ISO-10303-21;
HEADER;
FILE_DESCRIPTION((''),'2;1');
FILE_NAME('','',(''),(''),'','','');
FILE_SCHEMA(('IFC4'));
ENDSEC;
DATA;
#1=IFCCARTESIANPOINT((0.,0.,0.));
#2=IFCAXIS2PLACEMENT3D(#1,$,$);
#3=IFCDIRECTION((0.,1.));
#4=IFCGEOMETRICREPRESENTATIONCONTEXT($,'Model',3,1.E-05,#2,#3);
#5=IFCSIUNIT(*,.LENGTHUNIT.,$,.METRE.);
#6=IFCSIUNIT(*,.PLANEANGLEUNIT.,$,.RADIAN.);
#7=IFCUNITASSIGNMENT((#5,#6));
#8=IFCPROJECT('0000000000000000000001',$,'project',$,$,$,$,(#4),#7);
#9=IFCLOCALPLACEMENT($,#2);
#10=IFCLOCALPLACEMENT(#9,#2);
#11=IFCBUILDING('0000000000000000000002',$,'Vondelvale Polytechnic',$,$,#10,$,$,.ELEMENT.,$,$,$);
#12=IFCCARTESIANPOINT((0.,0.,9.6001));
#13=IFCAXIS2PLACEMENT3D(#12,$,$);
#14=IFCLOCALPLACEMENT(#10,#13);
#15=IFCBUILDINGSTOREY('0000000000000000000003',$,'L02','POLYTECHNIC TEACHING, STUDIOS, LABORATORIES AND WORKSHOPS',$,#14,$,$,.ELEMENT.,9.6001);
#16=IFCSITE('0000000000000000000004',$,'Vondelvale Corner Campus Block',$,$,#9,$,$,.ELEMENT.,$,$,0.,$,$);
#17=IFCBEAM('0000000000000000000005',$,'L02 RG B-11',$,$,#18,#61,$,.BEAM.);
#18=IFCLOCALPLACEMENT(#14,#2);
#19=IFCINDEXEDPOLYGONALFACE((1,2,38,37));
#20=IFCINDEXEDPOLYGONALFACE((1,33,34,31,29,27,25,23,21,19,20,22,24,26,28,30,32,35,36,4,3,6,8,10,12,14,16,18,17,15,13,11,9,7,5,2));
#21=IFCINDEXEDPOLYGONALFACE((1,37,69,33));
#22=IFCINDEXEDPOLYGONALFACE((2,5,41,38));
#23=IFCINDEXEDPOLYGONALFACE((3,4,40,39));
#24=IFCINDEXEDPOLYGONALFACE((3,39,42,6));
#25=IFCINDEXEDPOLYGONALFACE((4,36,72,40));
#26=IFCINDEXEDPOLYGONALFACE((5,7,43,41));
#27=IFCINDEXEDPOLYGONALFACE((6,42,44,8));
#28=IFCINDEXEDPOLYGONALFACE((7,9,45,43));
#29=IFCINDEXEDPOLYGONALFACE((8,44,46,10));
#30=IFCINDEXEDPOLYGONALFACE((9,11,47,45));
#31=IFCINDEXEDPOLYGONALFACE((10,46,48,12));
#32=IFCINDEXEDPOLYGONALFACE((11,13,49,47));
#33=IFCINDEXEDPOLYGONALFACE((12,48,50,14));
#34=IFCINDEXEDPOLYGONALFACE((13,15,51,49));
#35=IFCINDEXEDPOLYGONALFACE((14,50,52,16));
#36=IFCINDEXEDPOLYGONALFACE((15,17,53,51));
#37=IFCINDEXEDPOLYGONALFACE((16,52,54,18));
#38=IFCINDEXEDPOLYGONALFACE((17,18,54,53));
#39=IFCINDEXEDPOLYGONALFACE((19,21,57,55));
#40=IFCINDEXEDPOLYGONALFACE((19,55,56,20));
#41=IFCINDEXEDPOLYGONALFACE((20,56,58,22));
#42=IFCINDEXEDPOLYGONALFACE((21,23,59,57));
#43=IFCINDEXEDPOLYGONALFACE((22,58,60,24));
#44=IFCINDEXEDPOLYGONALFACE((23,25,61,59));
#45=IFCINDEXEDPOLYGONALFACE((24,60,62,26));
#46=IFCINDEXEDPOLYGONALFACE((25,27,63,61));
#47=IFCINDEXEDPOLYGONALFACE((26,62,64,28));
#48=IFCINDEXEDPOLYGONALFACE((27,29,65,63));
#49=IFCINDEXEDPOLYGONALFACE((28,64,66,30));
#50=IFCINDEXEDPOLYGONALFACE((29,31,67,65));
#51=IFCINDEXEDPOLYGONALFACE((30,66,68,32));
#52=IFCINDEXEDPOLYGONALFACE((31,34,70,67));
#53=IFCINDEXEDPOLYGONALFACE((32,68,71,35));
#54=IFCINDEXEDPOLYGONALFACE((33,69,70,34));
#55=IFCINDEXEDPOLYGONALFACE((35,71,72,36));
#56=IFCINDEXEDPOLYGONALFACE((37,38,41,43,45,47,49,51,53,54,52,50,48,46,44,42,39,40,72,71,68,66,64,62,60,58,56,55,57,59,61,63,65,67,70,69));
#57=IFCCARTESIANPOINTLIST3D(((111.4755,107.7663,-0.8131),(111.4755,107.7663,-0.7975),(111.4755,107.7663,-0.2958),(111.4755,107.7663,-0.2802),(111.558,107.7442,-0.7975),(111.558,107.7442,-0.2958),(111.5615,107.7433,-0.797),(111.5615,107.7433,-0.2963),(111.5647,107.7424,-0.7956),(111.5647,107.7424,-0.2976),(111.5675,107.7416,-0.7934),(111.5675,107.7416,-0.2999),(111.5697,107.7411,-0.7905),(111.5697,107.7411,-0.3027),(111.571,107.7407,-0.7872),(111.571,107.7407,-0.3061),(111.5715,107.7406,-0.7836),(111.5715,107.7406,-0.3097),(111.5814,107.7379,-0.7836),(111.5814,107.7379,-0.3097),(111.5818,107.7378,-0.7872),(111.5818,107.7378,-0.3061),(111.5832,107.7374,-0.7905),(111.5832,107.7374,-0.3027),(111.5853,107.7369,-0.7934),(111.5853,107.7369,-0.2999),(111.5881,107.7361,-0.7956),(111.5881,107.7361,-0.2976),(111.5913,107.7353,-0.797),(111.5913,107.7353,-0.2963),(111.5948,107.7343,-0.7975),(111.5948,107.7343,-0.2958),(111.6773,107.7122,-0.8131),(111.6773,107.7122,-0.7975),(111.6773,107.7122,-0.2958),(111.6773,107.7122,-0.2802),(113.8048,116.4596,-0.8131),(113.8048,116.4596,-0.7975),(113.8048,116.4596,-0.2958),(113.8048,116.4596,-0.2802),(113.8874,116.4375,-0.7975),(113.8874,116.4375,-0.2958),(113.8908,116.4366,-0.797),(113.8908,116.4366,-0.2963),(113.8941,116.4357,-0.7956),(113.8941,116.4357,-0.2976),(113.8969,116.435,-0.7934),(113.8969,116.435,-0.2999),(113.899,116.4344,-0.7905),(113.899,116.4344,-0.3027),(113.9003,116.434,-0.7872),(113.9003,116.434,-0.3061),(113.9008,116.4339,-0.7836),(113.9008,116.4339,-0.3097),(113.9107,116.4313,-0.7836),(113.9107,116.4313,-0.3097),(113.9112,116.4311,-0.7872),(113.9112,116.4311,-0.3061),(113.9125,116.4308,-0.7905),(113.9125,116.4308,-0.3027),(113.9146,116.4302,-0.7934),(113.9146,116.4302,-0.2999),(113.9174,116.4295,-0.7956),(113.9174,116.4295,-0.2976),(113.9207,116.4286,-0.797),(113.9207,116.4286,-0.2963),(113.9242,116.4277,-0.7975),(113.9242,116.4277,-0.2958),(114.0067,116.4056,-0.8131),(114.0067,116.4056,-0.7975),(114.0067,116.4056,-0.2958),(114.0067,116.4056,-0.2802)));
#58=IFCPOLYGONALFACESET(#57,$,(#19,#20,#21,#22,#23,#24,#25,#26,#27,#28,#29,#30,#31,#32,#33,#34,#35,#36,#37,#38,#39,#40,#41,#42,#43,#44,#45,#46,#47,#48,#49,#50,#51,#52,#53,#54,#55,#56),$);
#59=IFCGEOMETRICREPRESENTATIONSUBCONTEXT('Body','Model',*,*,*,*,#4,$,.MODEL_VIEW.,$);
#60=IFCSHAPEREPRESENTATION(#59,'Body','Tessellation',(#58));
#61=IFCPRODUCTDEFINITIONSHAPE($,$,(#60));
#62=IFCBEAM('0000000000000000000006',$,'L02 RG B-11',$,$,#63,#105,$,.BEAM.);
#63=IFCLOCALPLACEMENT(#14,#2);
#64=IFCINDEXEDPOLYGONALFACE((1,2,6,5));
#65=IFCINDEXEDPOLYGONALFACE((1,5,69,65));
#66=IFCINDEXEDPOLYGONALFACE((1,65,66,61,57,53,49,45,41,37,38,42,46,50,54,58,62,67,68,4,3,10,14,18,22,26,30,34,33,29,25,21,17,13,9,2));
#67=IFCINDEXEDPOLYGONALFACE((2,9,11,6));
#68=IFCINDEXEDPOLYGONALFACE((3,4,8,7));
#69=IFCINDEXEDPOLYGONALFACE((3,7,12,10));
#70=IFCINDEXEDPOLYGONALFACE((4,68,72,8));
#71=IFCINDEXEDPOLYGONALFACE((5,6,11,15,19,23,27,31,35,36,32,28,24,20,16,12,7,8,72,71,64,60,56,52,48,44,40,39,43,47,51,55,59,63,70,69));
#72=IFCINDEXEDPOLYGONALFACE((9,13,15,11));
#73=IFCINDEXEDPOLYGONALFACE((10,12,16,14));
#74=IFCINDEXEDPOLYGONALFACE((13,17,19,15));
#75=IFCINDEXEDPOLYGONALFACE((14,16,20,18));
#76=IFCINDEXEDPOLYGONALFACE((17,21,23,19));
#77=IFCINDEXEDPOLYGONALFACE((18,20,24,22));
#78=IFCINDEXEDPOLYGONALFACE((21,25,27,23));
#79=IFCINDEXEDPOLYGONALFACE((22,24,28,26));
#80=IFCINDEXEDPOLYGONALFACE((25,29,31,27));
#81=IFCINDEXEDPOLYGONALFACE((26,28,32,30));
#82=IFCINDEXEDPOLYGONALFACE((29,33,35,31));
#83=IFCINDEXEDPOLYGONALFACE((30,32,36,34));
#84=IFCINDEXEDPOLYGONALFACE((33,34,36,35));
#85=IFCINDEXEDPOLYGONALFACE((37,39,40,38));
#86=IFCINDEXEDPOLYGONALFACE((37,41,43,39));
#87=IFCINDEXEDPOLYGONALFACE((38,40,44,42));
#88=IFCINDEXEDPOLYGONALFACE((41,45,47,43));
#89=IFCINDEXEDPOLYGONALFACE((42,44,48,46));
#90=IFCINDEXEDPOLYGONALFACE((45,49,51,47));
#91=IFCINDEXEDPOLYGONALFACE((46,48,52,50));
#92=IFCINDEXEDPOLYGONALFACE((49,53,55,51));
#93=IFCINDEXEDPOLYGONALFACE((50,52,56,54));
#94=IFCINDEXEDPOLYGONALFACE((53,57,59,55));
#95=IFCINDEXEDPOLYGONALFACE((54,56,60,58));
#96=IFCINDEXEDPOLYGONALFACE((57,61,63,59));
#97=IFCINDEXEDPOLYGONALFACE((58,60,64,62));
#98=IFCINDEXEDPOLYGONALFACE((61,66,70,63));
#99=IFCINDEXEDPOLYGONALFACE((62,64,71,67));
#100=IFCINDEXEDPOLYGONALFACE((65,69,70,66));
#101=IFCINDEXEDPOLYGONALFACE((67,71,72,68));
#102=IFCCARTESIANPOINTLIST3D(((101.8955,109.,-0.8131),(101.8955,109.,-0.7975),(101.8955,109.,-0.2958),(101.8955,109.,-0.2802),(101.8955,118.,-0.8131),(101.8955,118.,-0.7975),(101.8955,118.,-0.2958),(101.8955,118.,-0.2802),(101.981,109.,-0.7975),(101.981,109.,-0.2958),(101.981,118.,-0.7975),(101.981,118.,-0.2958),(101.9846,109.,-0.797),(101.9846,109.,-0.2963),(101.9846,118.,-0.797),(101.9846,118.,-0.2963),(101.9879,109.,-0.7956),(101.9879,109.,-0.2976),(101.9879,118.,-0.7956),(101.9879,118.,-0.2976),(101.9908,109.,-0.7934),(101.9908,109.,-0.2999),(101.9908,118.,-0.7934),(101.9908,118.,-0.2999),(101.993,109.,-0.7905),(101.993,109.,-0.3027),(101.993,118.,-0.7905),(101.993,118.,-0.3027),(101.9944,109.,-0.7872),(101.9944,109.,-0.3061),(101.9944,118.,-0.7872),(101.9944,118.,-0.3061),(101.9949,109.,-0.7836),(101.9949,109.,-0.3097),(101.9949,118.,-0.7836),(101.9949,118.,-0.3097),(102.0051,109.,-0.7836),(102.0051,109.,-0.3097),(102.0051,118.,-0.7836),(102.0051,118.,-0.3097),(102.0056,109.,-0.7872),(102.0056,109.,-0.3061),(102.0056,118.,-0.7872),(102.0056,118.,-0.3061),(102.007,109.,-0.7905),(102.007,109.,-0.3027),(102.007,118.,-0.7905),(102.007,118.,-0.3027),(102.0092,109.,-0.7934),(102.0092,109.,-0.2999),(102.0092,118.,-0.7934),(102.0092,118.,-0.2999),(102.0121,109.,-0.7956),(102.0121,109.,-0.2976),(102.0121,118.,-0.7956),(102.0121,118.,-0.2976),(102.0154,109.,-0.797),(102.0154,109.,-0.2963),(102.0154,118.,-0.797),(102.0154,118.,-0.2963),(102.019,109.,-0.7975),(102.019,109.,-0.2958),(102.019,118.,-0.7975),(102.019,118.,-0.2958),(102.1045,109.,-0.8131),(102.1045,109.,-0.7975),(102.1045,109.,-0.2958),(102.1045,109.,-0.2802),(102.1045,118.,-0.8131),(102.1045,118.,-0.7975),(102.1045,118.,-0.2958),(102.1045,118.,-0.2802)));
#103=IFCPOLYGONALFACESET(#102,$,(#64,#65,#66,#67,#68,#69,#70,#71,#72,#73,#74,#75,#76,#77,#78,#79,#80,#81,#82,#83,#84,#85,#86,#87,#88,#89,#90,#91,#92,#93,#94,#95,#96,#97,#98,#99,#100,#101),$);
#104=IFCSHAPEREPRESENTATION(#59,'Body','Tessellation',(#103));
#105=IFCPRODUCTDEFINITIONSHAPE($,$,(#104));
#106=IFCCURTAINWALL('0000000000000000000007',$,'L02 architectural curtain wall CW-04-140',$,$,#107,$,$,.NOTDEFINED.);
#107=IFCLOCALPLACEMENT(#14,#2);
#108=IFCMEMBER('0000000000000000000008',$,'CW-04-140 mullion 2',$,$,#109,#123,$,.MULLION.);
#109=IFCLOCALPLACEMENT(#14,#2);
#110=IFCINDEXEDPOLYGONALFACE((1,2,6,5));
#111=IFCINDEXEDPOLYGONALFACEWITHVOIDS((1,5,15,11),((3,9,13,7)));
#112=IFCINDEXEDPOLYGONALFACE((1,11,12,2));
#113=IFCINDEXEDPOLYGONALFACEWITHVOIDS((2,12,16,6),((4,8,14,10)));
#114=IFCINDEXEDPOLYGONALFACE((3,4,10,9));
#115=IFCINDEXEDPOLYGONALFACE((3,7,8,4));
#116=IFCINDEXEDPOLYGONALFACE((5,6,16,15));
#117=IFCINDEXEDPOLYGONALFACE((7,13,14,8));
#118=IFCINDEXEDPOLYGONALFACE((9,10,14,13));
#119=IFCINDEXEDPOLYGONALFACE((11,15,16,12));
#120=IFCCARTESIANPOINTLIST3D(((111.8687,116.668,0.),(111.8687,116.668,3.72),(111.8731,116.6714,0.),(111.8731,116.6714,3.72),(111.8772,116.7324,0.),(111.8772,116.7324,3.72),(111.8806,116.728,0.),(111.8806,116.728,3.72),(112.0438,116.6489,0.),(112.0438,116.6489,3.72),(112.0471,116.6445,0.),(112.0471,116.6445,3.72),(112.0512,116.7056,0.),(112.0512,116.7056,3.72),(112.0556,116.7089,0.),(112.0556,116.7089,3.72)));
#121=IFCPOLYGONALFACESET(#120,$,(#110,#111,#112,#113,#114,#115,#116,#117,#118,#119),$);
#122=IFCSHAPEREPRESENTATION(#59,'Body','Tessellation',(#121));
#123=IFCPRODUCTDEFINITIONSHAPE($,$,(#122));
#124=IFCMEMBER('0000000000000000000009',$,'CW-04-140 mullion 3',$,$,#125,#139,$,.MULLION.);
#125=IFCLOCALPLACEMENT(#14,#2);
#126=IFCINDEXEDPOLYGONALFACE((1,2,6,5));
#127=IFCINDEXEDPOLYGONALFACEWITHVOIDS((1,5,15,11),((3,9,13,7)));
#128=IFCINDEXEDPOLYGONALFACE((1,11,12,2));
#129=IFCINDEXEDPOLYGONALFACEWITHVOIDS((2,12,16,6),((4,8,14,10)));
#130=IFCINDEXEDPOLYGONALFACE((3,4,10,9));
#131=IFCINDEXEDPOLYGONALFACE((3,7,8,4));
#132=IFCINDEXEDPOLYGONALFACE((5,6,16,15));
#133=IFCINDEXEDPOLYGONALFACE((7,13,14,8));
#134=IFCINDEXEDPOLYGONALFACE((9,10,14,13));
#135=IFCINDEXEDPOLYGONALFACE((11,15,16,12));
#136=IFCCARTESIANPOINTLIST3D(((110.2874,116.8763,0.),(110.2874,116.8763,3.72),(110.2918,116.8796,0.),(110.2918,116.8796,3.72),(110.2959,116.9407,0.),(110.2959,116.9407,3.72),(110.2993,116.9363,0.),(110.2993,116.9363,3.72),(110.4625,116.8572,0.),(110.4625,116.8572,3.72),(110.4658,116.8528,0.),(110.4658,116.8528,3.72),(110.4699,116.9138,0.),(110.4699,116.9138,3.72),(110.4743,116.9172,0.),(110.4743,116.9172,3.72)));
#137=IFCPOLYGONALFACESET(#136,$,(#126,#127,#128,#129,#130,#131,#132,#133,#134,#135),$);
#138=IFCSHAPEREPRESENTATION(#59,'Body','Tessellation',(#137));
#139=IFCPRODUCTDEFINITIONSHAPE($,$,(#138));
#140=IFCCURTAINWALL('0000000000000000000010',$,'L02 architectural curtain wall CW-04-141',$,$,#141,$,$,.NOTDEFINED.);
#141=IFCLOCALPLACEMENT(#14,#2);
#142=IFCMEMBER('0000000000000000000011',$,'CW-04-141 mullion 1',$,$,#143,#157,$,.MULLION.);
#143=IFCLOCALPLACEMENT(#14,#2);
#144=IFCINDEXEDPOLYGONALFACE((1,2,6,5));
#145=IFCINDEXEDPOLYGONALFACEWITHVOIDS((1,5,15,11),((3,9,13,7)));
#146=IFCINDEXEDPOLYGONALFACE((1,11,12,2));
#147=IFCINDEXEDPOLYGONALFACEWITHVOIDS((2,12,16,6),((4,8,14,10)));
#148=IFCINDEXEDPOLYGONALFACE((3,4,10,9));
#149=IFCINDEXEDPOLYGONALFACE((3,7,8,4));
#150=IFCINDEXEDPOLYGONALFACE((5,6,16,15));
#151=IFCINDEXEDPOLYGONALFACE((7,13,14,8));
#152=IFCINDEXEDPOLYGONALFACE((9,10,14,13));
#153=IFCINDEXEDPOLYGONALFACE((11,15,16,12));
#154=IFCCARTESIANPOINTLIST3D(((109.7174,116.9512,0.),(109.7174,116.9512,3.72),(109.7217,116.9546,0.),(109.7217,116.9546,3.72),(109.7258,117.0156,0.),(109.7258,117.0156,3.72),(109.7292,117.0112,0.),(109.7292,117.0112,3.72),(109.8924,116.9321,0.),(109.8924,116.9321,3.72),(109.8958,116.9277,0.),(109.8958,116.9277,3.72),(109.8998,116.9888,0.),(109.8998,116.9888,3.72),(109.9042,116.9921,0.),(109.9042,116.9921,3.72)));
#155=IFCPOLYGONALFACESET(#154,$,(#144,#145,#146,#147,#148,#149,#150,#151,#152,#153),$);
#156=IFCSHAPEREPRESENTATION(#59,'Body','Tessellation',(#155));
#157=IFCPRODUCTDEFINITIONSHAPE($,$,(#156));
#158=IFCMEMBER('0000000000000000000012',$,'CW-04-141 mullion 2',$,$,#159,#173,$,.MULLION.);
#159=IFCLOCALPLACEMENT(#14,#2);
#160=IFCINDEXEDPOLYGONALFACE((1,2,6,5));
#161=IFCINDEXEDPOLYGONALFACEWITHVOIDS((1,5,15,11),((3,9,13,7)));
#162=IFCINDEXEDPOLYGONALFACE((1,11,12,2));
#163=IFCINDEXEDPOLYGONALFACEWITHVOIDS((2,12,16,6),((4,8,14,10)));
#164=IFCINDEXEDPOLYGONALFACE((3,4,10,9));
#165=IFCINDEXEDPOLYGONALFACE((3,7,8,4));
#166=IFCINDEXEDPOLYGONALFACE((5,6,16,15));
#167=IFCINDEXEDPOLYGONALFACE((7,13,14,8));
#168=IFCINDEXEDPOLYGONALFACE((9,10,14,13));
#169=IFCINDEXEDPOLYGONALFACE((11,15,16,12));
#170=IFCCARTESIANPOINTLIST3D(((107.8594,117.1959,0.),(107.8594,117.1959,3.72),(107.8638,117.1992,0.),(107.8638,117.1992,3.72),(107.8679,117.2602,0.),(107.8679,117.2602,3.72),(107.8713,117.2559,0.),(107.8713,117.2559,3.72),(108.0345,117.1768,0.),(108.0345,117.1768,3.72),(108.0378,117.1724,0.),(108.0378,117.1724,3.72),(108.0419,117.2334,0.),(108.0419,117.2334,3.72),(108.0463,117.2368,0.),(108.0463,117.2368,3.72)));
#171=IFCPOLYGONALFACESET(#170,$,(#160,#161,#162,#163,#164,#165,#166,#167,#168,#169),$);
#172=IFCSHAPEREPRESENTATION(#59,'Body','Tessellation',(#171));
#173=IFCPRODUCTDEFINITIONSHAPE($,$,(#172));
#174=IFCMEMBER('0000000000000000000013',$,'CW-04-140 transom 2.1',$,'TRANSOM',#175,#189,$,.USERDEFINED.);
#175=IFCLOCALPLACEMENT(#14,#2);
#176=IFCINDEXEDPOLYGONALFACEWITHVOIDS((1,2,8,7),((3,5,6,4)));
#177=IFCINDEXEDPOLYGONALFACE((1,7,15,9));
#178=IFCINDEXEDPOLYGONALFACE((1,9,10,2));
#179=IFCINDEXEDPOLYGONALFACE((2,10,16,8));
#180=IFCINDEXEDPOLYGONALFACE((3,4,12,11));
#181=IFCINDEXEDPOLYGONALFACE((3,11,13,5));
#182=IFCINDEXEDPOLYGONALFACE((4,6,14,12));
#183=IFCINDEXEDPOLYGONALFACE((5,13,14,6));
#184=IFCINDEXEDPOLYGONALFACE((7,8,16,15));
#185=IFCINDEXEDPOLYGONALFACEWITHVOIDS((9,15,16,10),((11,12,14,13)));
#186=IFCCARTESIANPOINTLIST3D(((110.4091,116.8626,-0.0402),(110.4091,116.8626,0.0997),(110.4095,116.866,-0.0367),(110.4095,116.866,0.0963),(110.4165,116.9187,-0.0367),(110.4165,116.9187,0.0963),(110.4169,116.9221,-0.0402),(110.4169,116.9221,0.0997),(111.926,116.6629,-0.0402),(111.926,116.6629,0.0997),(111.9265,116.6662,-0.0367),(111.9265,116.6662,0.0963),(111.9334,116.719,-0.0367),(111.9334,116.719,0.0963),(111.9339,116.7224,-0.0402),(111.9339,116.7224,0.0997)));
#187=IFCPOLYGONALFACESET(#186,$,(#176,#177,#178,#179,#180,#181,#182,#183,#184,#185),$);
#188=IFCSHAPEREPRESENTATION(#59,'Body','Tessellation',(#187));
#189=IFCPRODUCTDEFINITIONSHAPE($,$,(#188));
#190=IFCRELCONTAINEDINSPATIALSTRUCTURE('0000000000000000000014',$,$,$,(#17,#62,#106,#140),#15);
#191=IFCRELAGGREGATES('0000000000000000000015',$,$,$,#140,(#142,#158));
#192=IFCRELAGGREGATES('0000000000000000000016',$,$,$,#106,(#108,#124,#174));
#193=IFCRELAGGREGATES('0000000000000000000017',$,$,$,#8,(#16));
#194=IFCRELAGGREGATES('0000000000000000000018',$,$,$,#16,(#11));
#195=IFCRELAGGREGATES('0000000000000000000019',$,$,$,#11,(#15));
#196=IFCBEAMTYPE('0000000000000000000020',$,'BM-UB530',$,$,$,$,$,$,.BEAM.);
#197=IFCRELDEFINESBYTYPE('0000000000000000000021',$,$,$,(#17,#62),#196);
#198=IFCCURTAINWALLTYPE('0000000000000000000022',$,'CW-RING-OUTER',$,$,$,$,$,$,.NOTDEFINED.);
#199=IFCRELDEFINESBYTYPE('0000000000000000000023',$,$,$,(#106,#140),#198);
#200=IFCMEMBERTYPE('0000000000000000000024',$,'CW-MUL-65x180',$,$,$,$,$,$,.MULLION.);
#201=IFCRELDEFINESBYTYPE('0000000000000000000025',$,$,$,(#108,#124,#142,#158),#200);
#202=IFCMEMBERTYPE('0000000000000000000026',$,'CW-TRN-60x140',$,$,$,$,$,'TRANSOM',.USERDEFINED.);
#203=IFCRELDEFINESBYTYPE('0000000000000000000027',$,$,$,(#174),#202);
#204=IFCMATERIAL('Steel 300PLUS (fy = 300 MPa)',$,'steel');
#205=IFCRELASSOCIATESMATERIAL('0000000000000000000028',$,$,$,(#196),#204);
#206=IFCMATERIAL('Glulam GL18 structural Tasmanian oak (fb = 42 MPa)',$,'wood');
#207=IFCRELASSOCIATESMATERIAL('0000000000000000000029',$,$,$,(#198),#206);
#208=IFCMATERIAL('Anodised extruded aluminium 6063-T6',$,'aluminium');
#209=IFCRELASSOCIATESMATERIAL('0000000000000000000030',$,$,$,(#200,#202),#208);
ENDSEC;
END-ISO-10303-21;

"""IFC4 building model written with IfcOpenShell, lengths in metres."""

from ifc_helpers import new_model, si_unit, direction, frame, origin, origin_2d, place, context, subcontext, project, spatial, hollow_rectangle, i_section, extrude, material, material_profile, profile_set, type_object, element, aggregate, save


model = new_model("IFC4")

# Units and contexts
model_context = context("Model", 3, precision=1e-05, world=origin(), true_north=direction((0.0, 1.0)))
body_context = subcontext(model_context, "Body", "Model", "MODEL_VIEW")
ifc_project = project(units=[si_unit("LENGTHUNIT", "METRE"), si_unit("PLANEANGLEUNIT", "RADIAN")], contexts=[model_context])

# Site, building, storey
site_placement = place(None, origin())
site = spatial("IfcSite", under=ifc_project, at=site_placement, Name="Vondelvale Corner Campus Block", CompositionType="ELEMENT", RefElevation=0.0)
building_placement = place(site_placement, origin())
building = spatial("IfcBuilding", under=site, at=building_placement, Name="Vondelvale Polytechnic", CompositionType="ELEMENT")
storey_placement = place(building_placement, frame((0.0, 0.0, 9.6001)))
storey = spatial("IfcBuildingStorey", under=building, at=storey_placement, Name="L02", Description="POLYTECHNIC TEACHING, STUDIOS, LABORATORIES AND WORKSHOPS", CompositionType="ELEMENT", Elevation=9.6001)

# Shared definitions
ifc_material_1 = material(Name="Glulam GL18 structural Tasmanian oak (fb = 42 MPa)", Category="wood")
ifc_material_2 = material(Name="Steel 300PLUS (fy = 300 MPa)", Category="steel")

# Beams
ifc_material_profile_1 = material_profile(ifc_material_2, i_section(OverallWidth=0.209, OverallDepth=0.533, WebThickness=0.0103, FlangeThickness=0.0156, FilletRadius=0.0139, at=origin_2d()), Name="530UB92.4")
ifc_profile_set_1 = profile_set([ifc_material_profile_1], Name="Steel 300PLUS (fy = 300 MPa)")
beam_type_1 = type_object("IfcBeamType", Name="BM-UB530", PredefinedType="BEAM", material=ifc_profile_set_1)
for number, where, z_axis, x_axis, name in (
    (1, (111.5764, 107.7393, -0.5466), (0.258816, 0.965927, 0.0), (-0.965927, 0.258816, 0.0), "L02 RG B-11"),
    (2, (102.0, 109.0, -0.5466), (0.0, 1.0, 0.0), (-1.0, 0.0, 0.0), "L02 RG B-11"),
):
    element("IfcBeam", number, at=place(storey_placement, frame(where, z_axis=z_axis, x_axis=x_axis)), inside=storey, type_object=beam_type_1, Name=name, PredefinedType="BEAM", context=body_context, shape_type="SweptSolid", body=[
        extrude(i_section(OverallWidth=0.209, OverallDepth=0.533, WebThickness=0.0103, FlangeThickness=0.0156, FilletRadius=0.0139, at=origin_2d()), origin(), (0.0, 0.0, 1.0), 9.0),
    ])

# Curtain walls, members
curtain_wall_type = type_object("IfcCurtainWallType", Name="CW-RING-OUTER", PredefinedType="NOTDEFINED", material=ifc_material_1)
curtain_wall_1_placement = place(storey_placement, origin())
curtain_wall_1 = element("IfcCurtainWall", 3, at=curtain_wall_1_placement, inside=storey, type_object=curtain_wall_type, Name="L02 architectural curtain wall CW-04-140", PredefinedType="NOTDEFINED")
ifc_material_3 = material(Name="Anodised extruded aluminium 6063-T6", Category="aluminium")
ifc_material_profile_2 = material_profile(ifc_material_3, hollow_rectangle(XDim=0.0649, YDim=0.1799, WallThickness=0.0039, at=origin_2d()), Name="CW-MUL-180x65")
ifc_profile_set_2 = profile_set([ifc_material_profile_2], Name="Anodised extruded aluminium 6063-T6")
member_type_1 = type_object("IfcMemberType", Name="CW-MUL-65x180", PredefinedType="MULLION", material=ifc_profile_set_2)
member_1_placement = place(storey_placement, frame((111.9622, 116.6885, 0.0), z_axis=(0.0, 0.0, 1.0), x_axis=(-0.13054, -0.991443, 0.0)))
member_1 = element("IfcMember", 4, at=member_1_placement, type_object=member_type_1, Name="CW-04-140 mullion 2", PredefinedType="MULLION", context=body_context, shape_type="SweptSolid", body=[
    extrude(hollow_rectangle(XDim=0.0649, YDim=0.1799, WallThickness=0.0039, at=origin_2d()), origin(), (0.0, 0.0, 1.0), 3.72),
])
member_2_placement = place(storey_placement, frame((110.3809, 116.8967, 0.0), z_axis=(0.0, 0.0, 1.0), x_axis=(-0.13054, -0.991443, 0.0)))
member_2 = element("IfcMember", 5, at=member_2_placement, type_object=member_type_1, Name="CW-04-140 mullion 3", PredefinedType="MULLION", context=body_context, shape_type="SweptSolid", body=[
    extrude(hollow_rectangle(XDim=0.0649, YDim=0.1799, WallThickness=0.0039, at=origin_2d()), origin(), (0.0, 0.0, 1.0), 3.72),
])
curtain_wall_2_placement = place(storey_placement, origin())
curtain_wall_2 = element("IfcCurtainWall", 6, at=curtain_wall_2_placement, inside=storey, type_object=curtain_wall_type, Name="L02 architectural curtain wall CW-04-141", PredefinedType="NOTDEFINED")
member_3_placement = place(storey_placement, frame((109.8108, 116.9717, 0.0), z_axis=(0.0, 0.0, 1.0), x_axis=(-0.130497, -0.991449, 0.0)))
member_3 = element("IfcMember", 7, at=member_3_placement, type_object=member_type_1, Name="CW-04-141 mullion 1", PredefinedType="MULLION", context=body_context, shape_type="SweptSolid", body=[
    extrude(hollow_rectangle(XDim=0.0649, YDim=0.1799, WallThickness=0.0039, at=origin_2d()), origin(), (0.0, 0.0, 1.0), 3.72),
])
member_4_placement = place(storey_placement, frame((107.9529, 117.2163, 0.0), z_axis=(0.0, 0.0, 1.0), x_axis=(-0.130497, -0.991449, 0.0)))
member_4 = element("IfcMember", 8, at=member_4_placement, type_object=member_type_1, Name="CW-04-141 mullion 2", PredefinedType="MULLION", context=body_context, shape_type="SweptSolid", body=[
    extrude(hollow_rectangle(XDim=0.0649, YDim=0.1799, WallThickness=0.0039, at=origin_2d()), origin(), (0.0, 0.0, 1.0), 3.72),
])

# Member
ifc_material_profile_3 = material_profile(ifc_material_3, hollow_rectangle(XDim=0.0601, YDim=0.1399, WallThickness=0.0034, at=origin_2d()), Name="CW-TRN-140x60")
ifc_profile_set_3 = profile_set([ifc_material_profile_3], Name="Anodised extruded aluminium 6063-T6")
member_type_2 = type_object("IfcMemberType", Name="CW-TRN-60x140", ElementType="TRANSOM", PredefinedType="USERDEFINED", material=ifc_profile_set_3)
member_5_placement = place(storey_placement, frame((111.9299, 116.6926, 0.0298), z_axis=(-0.991444, 0.130533, 0.0), x_axis=(-0.130533, -0.991444, 0.0)))
member_5 = element("IfcMember", 9, at=member_5_placement, type_object=member_type_2, Name="CW-04-140 transom 2.1", ObjectType="TRANSOM", PredefinedType="USERDEFINED", context=body_context, shape_type="SweptSolid", body=[
    extrude(hollow_rectangle(XDim=0.0601, YDim=0.1399, WallThickness=0.0034, at=origin_2d()), origin(), (0.0, 0.0, 1.0), 1.53),
])

aggregate(curtain_wall_2, [member_3, member_4])
aggregate(curtain_wall_1, [member_1, member_2, member_5])

save(model, "model.ifc")
